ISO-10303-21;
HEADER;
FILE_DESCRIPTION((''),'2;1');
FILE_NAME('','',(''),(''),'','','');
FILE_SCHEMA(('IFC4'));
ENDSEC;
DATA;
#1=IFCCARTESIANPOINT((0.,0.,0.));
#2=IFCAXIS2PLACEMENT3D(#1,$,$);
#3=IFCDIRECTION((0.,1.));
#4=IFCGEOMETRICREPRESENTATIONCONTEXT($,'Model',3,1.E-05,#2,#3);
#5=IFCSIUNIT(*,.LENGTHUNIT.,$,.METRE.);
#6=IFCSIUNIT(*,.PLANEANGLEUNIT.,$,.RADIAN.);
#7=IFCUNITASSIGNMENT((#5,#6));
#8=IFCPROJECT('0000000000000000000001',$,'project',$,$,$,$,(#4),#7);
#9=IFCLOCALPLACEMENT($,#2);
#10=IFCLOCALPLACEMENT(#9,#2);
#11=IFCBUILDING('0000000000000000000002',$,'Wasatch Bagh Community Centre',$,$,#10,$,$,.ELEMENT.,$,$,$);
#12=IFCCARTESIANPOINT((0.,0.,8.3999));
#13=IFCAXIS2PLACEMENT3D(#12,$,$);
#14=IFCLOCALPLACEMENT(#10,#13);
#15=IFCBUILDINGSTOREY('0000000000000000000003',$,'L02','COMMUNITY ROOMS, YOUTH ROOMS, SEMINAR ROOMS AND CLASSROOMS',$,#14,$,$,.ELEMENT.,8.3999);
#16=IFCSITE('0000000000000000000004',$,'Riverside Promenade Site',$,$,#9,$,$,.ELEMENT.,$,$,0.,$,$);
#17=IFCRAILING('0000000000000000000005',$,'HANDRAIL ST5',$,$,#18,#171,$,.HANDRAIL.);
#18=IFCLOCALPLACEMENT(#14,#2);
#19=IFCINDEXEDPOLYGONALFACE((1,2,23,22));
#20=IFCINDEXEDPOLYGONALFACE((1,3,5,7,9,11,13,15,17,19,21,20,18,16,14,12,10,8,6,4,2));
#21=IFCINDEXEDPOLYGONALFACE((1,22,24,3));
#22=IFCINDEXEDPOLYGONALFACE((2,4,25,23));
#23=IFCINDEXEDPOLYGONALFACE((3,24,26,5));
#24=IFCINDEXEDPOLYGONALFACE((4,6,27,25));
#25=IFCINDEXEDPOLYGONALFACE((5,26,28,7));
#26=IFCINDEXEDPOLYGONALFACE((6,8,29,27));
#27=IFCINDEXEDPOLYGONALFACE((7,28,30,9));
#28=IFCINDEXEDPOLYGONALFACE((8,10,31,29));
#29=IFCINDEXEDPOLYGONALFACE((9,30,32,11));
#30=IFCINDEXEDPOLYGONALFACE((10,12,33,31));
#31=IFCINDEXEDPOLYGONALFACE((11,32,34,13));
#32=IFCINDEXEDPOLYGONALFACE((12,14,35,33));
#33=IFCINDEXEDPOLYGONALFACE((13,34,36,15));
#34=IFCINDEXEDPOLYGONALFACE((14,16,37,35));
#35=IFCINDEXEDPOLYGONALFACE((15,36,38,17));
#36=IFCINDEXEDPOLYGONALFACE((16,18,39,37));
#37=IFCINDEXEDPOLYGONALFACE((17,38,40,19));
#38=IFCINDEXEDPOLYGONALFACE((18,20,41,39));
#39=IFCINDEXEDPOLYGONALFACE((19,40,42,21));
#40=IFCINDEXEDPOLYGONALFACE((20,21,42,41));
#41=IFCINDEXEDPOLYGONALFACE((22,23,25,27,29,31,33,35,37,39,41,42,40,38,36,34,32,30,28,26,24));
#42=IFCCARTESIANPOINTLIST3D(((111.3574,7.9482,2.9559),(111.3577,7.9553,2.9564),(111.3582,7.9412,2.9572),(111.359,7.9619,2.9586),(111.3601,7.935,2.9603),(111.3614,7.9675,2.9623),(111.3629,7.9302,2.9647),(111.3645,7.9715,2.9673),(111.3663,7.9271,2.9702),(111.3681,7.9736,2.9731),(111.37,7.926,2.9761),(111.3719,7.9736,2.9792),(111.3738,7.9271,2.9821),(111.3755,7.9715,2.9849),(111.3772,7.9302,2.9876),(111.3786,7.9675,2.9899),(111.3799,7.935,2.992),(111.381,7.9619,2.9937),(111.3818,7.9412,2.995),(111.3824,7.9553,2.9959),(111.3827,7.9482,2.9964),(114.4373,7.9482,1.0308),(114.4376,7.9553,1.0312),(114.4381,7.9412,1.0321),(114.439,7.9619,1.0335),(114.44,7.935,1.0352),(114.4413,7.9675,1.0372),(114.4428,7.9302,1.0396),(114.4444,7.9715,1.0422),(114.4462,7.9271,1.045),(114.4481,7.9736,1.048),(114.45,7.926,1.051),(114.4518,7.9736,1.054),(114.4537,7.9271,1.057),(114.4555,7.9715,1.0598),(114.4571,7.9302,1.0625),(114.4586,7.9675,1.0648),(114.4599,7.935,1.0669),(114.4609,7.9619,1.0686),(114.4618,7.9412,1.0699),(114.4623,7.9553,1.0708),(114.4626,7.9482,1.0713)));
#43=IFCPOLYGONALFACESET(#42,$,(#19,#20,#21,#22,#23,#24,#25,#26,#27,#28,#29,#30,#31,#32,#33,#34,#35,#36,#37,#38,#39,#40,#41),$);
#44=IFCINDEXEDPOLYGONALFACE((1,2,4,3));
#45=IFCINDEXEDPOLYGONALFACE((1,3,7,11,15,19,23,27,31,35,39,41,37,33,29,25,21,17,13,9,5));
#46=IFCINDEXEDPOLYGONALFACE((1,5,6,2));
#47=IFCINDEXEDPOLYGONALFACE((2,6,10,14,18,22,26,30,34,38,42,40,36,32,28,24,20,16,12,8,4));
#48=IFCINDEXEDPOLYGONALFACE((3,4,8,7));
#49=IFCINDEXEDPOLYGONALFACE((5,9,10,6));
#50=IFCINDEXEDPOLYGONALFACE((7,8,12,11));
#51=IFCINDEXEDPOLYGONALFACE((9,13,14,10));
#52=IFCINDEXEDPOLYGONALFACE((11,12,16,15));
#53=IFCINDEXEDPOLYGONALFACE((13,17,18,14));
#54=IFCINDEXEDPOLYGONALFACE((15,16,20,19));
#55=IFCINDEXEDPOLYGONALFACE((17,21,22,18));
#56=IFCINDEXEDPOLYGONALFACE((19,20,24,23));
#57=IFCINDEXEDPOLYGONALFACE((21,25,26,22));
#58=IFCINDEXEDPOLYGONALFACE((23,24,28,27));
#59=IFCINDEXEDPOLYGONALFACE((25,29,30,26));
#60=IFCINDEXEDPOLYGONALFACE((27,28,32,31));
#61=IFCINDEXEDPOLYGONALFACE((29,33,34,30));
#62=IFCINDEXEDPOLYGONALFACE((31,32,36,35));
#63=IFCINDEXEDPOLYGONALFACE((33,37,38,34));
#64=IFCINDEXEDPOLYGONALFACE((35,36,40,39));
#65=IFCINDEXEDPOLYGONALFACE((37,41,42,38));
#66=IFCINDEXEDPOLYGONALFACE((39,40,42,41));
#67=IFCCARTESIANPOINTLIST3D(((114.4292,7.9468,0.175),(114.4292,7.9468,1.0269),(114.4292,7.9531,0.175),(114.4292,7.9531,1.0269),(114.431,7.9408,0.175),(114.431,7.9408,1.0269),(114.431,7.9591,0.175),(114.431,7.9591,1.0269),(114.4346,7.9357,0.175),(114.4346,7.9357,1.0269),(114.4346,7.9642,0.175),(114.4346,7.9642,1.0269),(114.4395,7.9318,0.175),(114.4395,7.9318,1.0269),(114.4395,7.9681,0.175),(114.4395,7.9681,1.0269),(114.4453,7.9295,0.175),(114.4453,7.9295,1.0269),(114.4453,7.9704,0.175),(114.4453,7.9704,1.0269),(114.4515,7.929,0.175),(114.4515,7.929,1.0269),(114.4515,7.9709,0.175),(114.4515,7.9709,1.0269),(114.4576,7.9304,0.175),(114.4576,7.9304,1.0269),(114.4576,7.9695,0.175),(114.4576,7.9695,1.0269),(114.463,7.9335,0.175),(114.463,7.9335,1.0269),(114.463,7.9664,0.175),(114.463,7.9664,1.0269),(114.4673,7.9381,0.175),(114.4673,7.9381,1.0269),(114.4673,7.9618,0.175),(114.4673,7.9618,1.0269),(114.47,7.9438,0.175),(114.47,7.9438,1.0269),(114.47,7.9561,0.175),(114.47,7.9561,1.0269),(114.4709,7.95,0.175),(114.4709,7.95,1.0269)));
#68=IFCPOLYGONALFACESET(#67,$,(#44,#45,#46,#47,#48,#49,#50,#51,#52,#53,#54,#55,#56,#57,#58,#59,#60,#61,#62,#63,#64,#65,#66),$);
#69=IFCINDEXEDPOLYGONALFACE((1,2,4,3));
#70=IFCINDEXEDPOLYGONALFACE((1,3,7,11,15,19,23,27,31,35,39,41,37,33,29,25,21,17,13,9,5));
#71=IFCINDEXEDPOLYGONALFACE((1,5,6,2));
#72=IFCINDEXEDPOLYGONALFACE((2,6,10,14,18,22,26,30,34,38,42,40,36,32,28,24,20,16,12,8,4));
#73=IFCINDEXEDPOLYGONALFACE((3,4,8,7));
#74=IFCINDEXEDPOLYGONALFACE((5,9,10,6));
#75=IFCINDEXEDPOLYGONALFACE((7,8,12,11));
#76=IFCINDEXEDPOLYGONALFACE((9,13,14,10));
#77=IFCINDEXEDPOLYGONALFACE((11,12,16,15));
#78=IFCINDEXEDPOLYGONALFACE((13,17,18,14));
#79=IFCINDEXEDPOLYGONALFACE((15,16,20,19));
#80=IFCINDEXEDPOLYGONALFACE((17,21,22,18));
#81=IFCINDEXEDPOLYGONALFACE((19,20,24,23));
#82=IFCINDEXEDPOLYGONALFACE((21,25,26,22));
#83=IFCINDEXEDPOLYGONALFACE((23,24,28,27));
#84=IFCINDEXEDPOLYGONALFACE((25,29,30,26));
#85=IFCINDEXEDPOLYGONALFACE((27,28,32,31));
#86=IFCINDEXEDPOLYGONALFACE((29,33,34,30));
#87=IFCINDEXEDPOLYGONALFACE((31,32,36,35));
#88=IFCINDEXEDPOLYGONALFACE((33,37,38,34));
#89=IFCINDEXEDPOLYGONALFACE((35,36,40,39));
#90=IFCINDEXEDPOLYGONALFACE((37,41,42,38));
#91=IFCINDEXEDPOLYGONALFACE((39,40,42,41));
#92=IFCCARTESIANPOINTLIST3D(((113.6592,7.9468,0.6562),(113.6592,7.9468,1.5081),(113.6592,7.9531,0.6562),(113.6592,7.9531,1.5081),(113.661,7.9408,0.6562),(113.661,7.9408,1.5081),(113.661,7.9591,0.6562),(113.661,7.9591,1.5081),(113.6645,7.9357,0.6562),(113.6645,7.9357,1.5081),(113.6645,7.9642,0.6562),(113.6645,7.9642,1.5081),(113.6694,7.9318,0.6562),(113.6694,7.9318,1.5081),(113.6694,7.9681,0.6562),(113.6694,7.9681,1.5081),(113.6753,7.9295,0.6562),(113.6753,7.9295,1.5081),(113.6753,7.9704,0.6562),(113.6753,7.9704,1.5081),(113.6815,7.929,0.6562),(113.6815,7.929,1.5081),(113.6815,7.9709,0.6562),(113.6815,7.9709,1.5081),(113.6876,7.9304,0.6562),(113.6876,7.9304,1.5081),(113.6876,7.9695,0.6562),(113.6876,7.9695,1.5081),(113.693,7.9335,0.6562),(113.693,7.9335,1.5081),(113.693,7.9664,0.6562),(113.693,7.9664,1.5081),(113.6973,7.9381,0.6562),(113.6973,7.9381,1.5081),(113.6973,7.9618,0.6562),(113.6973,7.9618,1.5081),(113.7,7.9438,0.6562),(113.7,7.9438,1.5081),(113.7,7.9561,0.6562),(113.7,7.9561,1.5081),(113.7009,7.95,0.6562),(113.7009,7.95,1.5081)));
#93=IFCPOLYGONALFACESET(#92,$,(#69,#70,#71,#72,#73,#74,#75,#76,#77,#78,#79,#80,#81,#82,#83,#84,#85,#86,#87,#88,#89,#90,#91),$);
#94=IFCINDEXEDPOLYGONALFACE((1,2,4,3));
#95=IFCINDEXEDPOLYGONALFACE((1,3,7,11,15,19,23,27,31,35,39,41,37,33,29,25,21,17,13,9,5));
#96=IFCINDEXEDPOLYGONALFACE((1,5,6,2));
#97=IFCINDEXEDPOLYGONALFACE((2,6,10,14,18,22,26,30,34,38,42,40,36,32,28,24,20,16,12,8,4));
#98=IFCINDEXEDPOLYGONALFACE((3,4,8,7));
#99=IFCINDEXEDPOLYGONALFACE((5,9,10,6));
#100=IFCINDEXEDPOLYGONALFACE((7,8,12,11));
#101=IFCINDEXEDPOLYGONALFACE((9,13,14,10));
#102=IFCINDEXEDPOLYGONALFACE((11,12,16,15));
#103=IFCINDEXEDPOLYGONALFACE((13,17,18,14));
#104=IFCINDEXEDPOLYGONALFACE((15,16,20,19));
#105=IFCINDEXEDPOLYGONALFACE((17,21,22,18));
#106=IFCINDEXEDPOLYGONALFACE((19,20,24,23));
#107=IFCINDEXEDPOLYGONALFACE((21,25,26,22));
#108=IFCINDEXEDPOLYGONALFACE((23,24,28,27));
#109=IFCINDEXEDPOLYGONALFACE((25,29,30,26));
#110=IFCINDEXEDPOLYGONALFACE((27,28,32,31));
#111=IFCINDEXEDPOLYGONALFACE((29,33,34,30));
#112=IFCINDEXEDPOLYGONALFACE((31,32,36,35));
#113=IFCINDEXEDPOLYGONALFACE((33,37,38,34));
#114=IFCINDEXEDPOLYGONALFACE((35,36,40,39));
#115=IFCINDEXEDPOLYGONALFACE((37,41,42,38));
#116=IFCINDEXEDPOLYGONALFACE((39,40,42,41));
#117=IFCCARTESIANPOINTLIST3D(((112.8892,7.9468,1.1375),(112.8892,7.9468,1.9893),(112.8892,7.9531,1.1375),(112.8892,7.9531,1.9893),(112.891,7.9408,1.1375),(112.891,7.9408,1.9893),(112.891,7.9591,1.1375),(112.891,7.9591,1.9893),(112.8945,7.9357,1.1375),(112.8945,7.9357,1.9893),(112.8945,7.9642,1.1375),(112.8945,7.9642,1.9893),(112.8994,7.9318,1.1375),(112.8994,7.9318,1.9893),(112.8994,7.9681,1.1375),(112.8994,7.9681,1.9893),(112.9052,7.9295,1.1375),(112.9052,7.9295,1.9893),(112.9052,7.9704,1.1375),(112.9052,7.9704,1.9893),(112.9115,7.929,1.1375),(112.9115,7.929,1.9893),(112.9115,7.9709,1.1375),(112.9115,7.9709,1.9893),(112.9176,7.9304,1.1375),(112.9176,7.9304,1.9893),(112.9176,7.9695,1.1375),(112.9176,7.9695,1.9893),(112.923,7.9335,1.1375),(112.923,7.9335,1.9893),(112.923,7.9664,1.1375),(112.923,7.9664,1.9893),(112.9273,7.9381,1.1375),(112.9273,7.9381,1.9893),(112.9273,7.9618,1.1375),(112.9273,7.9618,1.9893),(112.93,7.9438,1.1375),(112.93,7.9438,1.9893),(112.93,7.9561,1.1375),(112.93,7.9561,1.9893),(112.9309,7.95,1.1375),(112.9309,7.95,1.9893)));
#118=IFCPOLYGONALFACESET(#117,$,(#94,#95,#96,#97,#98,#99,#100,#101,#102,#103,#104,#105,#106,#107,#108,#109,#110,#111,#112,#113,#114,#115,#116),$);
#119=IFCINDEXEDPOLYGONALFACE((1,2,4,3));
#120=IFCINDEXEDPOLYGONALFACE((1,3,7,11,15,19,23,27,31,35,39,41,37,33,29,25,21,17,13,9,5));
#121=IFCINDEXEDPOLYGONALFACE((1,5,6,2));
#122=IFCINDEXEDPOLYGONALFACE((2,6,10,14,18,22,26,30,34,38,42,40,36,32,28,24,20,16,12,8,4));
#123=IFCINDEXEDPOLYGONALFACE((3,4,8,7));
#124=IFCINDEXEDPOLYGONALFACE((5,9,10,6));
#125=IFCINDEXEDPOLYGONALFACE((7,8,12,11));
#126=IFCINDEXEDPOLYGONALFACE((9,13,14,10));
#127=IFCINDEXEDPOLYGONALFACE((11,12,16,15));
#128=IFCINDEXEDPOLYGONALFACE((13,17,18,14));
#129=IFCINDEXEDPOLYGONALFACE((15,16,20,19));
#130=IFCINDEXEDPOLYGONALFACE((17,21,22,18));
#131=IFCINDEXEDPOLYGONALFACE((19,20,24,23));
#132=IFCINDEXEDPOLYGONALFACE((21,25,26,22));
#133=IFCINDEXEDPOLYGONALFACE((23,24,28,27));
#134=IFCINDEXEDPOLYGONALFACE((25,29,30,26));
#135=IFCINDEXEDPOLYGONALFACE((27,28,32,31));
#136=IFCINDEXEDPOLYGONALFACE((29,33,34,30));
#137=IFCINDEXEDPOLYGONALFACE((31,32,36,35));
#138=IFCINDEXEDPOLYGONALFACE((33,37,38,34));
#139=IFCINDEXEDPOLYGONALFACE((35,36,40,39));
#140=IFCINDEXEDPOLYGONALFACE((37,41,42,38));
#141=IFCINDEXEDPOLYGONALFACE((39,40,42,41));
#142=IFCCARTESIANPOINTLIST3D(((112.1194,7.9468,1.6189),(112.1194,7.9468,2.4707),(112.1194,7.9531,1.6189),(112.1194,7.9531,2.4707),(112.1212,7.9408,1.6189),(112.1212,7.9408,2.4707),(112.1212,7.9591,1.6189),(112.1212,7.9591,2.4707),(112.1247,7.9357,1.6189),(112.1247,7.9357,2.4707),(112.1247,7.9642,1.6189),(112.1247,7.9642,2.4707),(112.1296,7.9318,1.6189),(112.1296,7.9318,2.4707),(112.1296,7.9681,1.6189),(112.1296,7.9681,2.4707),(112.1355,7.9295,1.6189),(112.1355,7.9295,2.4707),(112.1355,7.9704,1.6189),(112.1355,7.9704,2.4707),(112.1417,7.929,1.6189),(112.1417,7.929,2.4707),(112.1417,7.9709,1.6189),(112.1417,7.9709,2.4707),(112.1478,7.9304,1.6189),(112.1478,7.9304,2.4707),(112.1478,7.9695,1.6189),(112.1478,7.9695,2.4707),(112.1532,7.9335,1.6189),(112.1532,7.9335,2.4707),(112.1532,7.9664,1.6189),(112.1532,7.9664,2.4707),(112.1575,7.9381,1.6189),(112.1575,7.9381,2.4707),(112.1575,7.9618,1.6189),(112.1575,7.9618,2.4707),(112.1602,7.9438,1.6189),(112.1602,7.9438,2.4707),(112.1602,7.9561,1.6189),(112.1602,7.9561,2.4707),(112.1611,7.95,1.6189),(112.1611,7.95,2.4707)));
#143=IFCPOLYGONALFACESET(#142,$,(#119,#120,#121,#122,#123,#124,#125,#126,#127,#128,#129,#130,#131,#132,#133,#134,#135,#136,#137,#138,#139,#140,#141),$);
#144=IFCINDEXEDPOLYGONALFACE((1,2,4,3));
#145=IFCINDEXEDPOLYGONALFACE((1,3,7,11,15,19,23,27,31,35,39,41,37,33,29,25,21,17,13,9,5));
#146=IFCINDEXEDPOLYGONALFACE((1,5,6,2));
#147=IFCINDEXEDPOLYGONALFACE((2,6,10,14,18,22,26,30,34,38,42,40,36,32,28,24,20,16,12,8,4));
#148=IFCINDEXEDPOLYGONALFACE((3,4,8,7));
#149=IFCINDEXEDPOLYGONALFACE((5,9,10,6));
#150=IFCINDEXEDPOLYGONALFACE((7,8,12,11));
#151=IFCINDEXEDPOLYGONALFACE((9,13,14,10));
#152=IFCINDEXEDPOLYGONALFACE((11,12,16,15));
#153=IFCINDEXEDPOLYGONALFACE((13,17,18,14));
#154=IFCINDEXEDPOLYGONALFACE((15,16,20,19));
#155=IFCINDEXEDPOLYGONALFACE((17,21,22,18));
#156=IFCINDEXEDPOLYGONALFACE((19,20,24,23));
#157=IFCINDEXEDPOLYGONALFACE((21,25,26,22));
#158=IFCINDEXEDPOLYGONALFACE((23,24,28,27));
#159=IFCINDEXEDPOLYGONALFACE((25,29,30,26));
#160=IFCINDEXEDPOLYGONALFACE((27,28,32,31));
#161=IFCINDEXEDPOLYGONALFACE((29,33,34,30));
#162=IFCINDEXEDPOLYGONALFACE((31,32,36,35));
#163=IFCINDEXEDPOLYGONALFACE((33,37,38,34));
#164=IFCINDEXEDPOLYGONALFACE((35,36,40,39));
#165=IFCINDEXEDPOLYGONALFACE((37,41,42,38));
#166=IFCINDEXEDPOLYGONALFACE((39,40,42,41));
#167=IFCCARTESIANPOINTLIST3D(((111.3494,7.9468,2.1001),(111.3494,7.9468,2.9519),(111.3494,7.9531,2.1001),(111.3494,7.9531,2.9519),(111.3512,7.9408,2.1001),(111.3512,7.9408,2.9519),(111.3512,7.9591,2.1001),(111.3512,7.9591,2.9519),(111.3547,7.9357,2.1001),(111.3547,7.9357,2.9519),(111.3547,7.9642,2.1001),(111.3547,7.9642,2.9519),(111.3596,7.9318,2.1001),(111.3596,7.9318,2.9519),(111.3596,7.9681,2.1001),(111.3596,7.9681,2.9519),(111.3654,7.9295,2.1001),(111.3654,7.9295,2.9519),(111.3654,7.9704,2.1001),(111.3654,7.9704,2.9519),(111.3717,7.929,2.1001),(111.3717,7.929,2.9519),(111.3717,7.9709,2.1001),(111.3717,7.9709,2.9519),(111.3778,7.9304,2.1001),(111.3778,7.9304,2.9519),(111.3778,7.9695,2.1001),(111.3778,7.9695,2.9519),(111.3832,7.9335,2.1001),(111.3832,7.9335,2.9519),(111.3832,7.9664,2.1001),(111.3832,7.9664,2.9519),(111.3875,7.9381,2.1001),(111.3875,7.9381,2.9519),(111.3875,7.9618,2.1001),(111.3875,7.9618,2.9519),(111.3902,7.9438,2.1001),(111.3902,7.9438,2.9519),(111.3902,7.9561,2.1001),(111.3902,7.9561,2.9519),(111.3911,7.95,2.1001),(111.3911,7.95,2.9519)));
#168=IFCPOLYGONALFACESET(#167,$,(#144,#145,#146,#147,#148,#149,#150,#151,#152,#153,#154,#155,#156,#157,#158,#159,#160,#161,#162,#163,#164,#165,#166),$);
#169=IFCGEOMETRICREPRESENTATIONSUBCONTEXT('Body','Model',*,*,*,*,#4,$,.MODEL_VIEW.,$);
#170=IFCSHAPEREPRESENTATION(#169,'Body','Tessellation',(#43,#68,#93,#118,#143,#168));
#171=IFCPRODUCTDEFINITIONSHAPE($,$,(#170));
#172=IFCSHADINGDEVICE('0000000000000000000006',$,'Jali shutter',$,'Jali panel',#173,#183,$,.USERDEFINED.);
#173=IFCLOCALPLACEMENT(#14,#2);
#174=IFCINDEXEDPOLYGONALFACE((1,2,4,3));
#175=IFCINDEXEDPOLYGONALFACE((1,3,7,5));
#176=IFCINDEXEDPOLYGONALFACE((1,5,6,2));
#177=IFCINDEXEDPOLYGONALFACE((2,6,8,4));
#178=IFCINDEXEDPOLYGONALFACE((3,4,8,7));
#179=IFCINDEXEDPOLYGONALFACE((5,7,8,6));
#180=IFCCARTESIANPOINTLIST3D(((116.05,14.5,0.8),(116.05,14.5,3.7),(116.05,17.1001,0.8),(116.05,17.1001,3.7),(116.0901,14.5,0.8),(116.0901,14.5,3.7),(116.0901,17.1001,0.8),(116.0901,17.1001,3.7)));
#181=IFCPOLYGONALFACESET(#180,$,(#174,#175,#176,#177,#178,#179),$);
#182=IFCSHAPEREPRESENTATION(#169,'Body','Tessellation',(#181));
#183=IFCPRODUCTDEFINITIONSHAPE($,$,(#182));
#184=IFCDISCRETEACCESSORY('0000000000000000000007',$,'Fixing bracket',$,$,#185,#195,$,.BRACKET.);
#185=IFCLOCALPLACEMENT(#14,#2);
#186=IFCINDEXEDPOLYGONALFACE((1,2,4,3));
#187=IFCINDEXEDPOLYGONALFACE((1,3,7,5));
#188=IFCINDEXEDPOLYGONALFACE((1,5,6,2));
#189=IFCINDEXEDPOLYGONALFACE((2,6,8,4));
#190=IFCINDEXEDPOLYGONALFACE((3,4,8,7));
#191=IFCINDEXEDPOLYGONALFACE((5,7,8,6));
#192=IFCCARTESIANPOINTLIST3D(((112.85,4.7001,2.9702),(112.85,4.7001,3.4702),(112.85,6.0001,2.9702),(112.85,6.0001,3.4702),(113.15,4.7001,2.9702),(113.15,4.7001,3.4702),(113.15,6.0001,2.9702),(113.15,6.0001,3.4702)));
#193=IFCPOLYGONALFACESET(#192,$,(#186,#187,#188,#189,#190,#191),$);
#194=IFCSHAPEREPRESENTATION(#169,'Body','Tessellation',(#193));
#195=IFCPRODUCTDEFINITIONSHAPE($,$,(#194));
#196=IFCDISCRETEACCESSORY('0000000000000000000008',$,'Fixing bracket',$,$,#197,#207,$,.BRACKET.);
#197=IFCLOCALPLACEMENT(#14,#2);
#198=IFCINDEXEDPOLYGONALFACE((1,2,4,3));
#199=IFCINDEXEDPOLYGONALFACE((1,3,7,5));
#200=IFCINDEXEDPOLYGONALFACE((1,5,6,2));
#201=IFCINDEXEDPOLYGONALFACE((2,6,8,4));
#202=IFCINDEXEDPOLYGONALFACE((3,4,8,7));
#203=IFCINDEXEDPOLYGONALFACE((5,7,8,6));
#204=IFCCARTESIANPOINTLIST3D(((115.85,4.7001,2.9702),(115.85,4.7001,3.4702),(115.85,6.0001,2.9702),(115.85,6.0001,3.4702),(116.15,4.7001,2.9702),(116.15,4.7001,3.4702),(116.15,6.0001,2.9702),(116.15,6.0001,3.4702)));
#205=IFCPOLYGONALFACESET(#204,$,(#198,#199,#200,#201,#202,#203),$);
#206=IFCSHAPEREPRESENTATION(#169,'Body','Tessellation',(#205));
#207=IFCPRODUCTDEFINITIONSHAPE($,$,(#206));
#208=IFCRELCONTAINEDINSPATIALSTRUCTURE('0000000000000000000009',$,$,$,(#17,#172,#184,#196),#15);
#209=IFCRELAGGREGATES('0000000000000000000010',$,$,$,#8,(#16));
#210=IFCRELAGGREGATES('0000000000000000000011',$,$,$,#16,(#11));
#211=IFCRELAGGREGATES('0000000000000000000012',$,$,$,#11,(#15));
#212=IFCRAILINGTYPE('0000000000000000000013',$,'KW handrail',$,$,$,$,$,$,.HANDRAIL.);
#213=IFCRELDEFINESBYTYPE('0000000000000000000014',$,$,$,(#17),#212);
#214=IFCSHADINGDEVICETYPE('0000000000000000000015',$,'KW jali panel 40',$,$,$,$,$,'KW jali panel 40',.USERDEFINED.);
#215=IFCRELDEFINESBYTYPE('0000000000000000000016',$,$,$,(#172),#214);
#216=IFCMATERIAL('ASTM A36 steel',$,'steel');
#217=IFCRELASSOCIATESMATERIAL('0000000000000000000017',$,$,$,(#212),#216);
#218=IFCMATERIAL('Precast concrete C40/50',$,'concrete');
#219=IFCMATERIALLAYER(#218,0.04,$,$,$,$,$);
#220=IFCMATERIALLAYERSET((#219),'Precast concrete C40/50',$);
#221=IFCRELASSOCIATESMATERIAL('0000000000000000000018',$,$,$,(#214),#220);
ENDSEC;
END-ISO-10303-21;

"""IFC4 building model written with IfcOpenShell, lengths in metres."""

from ifc_helpers import new_model, si_unit, direction, frame, origin, origin_2d, place, context, subcontext, project, spatial, rectangle, circle, extrude, material, layer, layer_set, type_object, element, save


model = new_model("IFC4")

# Units and contexts
model_context = context("Model", 3, precision=1e-05, world=origin(), true_north=direction((0.0, 1.0)))
body_context = subcontext(model_context, "Body", "Model", "MODEL_VIEW")
ifc_project = project(units=[si_unit("LENGTHUNIT", "METRE"), si_unit("PLANEANGLEUNIT", "RADIAN")], contexts=[model_context])

# Site, building, storey
site_placement = place(None, origin())
site = spatial("IfcSite", under=ifc_project, at=site_placement, Name="Riverside Promenade Site", CompositionType="ELEMENT", RefElevation=0.0)
building_placement = place(site_placement, origin())
building = spatial("IfcBuilding", under=site, at=building_placement, Name="Wasatch Bagh Community Centre", CompositionType="ELEMENT")
storey_placement = place(building_placement, frame((0.0, 0.0, 8.3999)))
storey = spatial("IfcBuildingStorey", under=building, at=storey_placement, Name="L02", Description="COMMUNITY ROOMS, YOUTH ROOMS, SEMINAR ROOMS AND CLASSROOMS", CompositionType="ELEMENT", Elevation=8.3999)

# Railing
ifc_material_1 = material(Name="ASTM A36 steel", Category="steel")
railing_type_1 = type_object("IfcRailingType", Name="KW handrail", PredefinedType="HANDRAIL", material=ifc_material_1)
for number, where, name in (
    (1, (114.45, 7.95, 0.175), "HANDRAIL ST5"),
):
    element("IfcRailing", number, at=place(storey_placement, frame(where)), inside=storey, type_object=railing_type_1, Name=name, PredefinedType="HANDRAIL", context=body_context, shape_type="SweptSolid", body=[
        extrude(circle(Radius=0.0239, at=origin_2d()), frame((0.0, 0.0, 0.876), z_axis=(-0.847979, 0.0, 0.530029), x_axis=(0.0, -1.0, 0.0)), (0.0, 0.0, 1.0), 3.6321),
        extrude(circle(Radius=0.021, at=origin_2d()), origin(), (0.0, 0.0, 1.0), 0.8518),
        extrude(circle(Radius=0.021, at=origin_2d()), frame((-0.77, 0.0, 0.4812)), (0.0, 0.0, 1.0), 0.8518),
        extrude(circle(Radius=0.021, at=origin_2d()), frame((-1.54, 0.0, 0.9624)), (0.0, 0.0, 1.0), 0.8518),
        extrude(circle(Radius=0.021, at=origin_2d()), frame((-2.3098, 0.0, 1.4438)), (0.0, 0.0, 1.0), 0.8518),
        extrude(circle(Radius=0.021, at=origin_2d()), frame((-3.0798, 0.0, 1.925)), (0.0, 0.0, 1.0), 0.8518),
    ])

# Shading device
ifc_material_2 = material(Name="Precast concrete C40/50", Category="concrete")
ifc_layer_1 = layer(ifc_material_2, 0.04)
ifc_layer_set_1 = layer_set([ifc_layer_1], Name="Precast concrete C40/50")
shading_device_type = type_object("IfcShadingDeviceType", Name="KW jali panel 40", ElementType="KW jali panel 40", PredefinedType="USERDEFINED", material=ifc_layer_set_1)
shading_device_placement = place(storey_placement, frame((116.0701, 15.8, 0.8), z_axis=(0.0, 0.0, 1.0), x_axis=(1.0, 0.0, 0.0)))
element("IfcShadingDevice", 2, at=shading_device_placement, inside=storey, type_object=shading_device_type, Name="Jali shutter", ObjectType="Jali panel", PredefinedType="USERDEFINED", context=body_context, shape_type="SweptSolid", body=[
    extrude(rectangle(XDim=0.04, YDim=2.6001, at=origin_2d()), origin(), (0.0, 0.0, 1.0), 2.8999),
])

# Discrete accessories
for number, where, z_axis, x_axis, name in (
    (3, (113.0, 5.3501, 2.9702), (0.0, 0.0, 1.0), (1.0, 0.0, 0.0), "Fixing bracket"),
    (4, (116.0, 5.3501, 2.9702), (0.0, 0.0, 1.0), (1.0, 0.0, 0.0), "Fixing bracket"),
):
    element("IfcDiscreteAccessory", number, at=place(storey_placement, frame(where, z_axis=z_axis, x_axis=x_axis)), inside=storey, Name=name, PredefinedType="BRACKET", context=body_context, shape_type="SweptSolid", body=[
        extrude(rectangle(XDim=0.3, YDim=1.3, at=origin_2d()), origin(), (0.0, 0.0, 1.0), 0.5),
    ])

save(model, "model.ifc")
